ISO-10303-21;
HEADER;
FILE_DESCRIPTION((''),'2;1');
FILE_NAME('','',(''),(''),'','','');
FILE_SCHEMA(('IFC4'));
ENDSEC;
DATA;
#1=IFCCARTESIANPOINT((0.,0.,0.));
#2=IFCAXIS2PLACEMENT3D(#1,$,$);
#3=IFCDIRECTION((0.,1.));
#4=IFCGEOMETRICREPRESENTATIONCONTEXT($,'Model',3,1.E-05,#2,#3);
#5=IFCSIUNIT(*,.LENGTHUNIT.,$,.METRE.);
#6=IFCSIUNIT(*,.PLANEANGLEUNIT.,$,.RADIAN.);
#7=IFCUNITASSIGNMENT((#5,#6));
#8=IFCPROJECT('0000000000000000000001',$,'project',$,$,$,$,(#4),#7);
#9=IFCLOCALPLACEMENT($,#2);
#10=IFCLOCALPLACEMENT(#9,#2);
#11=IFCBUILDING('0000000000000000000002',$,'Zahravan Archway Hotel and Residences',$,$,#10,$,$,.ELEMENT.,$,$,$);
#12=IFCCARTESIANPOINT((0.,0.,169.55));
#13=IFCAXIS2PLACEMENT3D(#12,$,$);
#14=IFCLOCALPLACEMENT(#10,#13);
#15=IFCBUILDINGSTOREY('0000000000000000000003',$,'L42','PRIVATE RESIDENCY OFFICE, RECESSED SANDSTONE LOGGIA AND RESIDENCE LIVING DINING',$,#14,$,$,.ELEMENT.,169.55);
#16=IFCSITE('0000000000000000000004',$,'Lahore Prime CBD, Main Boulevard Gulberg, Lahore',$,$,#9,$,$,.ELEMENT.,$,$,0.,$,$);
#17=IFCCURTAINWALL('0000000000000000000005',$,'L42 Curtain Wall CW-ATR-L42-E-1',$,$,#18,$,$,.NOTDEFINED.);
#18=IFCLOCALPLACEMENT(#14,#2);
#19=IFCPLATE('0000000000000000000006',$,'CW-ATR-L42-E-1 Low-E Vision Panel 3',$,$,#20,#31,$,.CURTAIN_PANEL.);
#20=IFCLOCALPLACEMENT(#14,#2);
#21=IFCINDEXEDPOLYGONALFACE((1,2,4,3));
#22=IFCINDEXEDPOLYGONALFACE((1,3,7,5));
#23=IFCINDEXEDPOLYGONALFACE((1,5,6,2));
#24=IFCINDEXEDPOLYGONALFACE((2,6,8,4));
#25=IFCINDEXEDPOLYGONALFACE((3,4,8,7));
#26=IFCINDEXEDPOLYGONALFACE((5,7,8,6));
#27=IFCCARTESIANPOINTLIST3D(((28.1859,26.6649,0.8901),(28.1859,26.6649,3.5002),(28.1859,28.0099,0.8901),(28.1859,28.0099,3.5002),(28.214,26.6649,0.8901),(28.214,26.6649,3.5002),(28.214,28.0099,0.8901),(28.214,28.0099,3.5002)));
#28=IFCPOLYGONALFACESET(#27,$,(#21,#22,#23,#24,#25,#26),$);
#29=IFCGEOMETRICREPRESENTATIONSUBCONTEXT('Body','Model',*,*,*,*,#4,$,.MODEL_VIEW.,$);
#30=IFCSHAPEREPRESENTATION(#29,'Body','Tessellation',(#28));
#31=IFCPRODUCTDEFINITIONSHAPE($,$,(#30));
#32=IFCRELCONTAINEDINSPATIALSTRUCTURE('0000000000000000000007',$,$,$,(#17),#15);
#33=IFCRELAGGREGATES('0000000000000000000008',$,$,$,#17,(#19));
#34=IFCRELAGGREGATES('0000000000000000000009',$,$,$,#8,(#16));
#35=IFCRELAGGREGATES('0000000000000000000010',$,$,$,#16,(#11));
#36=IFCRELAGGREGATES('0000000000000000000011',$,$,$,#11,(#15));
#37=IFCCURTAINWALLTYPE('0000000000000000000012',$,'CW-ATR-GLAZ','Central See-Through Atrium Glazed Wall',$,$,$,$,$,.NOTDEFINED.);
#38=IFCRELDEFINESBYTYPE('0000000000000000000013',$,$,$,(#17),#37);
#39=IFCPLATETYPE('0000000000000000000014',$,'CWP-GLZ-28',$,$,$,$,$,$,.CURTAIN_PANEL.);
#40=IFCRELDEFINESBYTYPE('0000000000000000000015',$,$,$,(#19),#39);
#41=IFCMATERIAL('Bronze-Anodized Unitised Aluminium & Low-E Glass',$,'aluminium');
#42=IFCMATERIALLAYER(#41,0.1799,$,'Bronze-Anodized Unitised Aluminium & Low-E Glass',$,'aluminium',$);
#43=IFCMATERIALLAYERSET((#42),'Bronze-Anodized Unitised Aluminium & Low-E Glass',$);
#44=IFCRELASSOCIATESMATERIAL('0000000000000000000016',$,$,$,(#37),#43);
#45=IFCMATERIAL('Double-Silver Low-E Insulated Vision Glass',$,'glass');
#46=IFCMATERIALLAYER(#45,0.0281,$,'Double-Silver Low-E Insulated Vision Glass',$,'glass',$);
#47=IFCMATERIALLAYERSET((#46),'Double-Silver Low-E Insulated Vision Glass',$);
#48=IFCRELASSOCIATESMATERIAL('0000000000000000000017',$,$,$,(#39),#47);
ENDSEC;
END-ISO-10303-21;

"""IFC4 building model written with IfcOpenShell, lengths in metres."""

from ifc_helpers import new_model, si_unit, direction, frame, origin, origin_2d, place, context, subcontext, project, spatial, rectangle, extrude, source, transform, mapped, material, layer, layer_set, type_object, element, aggregate, save


model = new_model("IFC4")

# Units and contexts
model_context = context("Model", 3, precision=1e-05, world=origin(), true_north=direction((0.0, 1.0)))
body_context = subcontext(model_context, "Body", "Model", "MODEL_VIEW")
ifc_project = project(units=[si_unit("LENGTHUNIT", "METRE"), si_unit("PLANEANGLEUNIT", "RADIAN")], contexts=[model_context])

# Site, building, storey
site_placement = place(None, origin())
site = spatial("IfcSite", under=ifc_project, at=site_placement, Name="Lahore Prime CBD, Main Boulevard Gulberg, Lahore", CompositionType="ELEMENT", RefElevation=0.0)
building_placement = place(site_placement, origin())
building = spatial("IfcBuilding", under=site, at=building_placement, Name="Zahravan Archway Hotel and Residences", CompositionType="ELEMENT")
storey_placement = place(building_placement, frame((0.0, 0.0, 169.55)))
storey = spatial("IfcBuildingStorey", under=building, at=storey_placement, Name="L42", Description="PRIVATE RESIDENCY OFFICE, RECESSED SANDSTONE LOGGIA AND RESIDENCE LIVING DINING", CompositionType="ELEMENT", Elevation=169.55)

# Shared definitions
ifc_material_1 = material(Name="Bronze-Anodized Unitised Aluminium & Low-E Glass", Category="aluminium")
ifc_layer_1 = layer(ifc_material_1, 0.1799, Name="Bronze-Anodized Unitised Aluminium & Low-E Glass", Category="aluminium")
ifc_layer_set_1 = layer_set([ifc_layer_1], Name="Bronze-Anodized Unitised Aluminium & Low-E Glass")
curtain_wall_type = type_object("IfcCurtainWallType", Name="CW-ATR-GLAZ", Description="Central See-Through Atrium Glazed Wall", PredefinedType="NOTDEFINED", material=ifc_layer_set_1)

# Curtain wall
curtain_wall_1_placement = place(storey_placement, origin())
curtain_wall_1 = element("IfcCurtainWall", 1, at=curtain_wall_1_placement, inside=storey, type_object=curtain_wall_type, Name="L42 Curtain Wall CW-ATR-L42-E-1", PredefinedType="NOTDEFINED")

# Plate
ifc_material_2 = material(Name="Double-Silver Low-E Insulated Vision Glass", Category="glass")
ifc_layer_2 = layer(ifc_material_2, 0.0281, Name="Double-Silver Low-E Insulated Vision Glass", Category="glass")
ifc_layer_set_2 = layer_set([ifc_layer_2], Name="Double-Silver Low-E Insulated Vision Glass")
plate_type_1 = type_object("IfcPlateType", Name="CWP-GLZ-28", PredefinedType="CURTAIN_PANEL", material=ifc_layer_set_2)
shared_shape_1 = source(origin(), body_context, "Body", "SweptSolid", [
    extrude(rectangle(XDim=1.345, YDim=0.0281, at=origin_2d()), origin(), (0.0, 0.0, 1.0), 2.6101),
])
plate_1_placement = place(storey_placement, frame((28.2, 27.3374, 0.8901), z_axis=(0.0, 0.0, 1.0), x_axis=(0.0, 1.0, 0.0)))
plate_1 = element("IfcPlate", 2, at=plate_1_placement, type_object=plate_type_1, Name="CW-ATR-L42-E-1 Low-E Vision Panel 3", PredefinedType="CURTAIN_PANEL", context=body_context, shape_type="MappedRepresentation", body=[
    mapped(shared_shape_1, transform((0.0, 0.0, 0.0), scale=1.0)),
])
aggregate(curtain_wall_1, [plate_1])

save(model, "model.ifc")
